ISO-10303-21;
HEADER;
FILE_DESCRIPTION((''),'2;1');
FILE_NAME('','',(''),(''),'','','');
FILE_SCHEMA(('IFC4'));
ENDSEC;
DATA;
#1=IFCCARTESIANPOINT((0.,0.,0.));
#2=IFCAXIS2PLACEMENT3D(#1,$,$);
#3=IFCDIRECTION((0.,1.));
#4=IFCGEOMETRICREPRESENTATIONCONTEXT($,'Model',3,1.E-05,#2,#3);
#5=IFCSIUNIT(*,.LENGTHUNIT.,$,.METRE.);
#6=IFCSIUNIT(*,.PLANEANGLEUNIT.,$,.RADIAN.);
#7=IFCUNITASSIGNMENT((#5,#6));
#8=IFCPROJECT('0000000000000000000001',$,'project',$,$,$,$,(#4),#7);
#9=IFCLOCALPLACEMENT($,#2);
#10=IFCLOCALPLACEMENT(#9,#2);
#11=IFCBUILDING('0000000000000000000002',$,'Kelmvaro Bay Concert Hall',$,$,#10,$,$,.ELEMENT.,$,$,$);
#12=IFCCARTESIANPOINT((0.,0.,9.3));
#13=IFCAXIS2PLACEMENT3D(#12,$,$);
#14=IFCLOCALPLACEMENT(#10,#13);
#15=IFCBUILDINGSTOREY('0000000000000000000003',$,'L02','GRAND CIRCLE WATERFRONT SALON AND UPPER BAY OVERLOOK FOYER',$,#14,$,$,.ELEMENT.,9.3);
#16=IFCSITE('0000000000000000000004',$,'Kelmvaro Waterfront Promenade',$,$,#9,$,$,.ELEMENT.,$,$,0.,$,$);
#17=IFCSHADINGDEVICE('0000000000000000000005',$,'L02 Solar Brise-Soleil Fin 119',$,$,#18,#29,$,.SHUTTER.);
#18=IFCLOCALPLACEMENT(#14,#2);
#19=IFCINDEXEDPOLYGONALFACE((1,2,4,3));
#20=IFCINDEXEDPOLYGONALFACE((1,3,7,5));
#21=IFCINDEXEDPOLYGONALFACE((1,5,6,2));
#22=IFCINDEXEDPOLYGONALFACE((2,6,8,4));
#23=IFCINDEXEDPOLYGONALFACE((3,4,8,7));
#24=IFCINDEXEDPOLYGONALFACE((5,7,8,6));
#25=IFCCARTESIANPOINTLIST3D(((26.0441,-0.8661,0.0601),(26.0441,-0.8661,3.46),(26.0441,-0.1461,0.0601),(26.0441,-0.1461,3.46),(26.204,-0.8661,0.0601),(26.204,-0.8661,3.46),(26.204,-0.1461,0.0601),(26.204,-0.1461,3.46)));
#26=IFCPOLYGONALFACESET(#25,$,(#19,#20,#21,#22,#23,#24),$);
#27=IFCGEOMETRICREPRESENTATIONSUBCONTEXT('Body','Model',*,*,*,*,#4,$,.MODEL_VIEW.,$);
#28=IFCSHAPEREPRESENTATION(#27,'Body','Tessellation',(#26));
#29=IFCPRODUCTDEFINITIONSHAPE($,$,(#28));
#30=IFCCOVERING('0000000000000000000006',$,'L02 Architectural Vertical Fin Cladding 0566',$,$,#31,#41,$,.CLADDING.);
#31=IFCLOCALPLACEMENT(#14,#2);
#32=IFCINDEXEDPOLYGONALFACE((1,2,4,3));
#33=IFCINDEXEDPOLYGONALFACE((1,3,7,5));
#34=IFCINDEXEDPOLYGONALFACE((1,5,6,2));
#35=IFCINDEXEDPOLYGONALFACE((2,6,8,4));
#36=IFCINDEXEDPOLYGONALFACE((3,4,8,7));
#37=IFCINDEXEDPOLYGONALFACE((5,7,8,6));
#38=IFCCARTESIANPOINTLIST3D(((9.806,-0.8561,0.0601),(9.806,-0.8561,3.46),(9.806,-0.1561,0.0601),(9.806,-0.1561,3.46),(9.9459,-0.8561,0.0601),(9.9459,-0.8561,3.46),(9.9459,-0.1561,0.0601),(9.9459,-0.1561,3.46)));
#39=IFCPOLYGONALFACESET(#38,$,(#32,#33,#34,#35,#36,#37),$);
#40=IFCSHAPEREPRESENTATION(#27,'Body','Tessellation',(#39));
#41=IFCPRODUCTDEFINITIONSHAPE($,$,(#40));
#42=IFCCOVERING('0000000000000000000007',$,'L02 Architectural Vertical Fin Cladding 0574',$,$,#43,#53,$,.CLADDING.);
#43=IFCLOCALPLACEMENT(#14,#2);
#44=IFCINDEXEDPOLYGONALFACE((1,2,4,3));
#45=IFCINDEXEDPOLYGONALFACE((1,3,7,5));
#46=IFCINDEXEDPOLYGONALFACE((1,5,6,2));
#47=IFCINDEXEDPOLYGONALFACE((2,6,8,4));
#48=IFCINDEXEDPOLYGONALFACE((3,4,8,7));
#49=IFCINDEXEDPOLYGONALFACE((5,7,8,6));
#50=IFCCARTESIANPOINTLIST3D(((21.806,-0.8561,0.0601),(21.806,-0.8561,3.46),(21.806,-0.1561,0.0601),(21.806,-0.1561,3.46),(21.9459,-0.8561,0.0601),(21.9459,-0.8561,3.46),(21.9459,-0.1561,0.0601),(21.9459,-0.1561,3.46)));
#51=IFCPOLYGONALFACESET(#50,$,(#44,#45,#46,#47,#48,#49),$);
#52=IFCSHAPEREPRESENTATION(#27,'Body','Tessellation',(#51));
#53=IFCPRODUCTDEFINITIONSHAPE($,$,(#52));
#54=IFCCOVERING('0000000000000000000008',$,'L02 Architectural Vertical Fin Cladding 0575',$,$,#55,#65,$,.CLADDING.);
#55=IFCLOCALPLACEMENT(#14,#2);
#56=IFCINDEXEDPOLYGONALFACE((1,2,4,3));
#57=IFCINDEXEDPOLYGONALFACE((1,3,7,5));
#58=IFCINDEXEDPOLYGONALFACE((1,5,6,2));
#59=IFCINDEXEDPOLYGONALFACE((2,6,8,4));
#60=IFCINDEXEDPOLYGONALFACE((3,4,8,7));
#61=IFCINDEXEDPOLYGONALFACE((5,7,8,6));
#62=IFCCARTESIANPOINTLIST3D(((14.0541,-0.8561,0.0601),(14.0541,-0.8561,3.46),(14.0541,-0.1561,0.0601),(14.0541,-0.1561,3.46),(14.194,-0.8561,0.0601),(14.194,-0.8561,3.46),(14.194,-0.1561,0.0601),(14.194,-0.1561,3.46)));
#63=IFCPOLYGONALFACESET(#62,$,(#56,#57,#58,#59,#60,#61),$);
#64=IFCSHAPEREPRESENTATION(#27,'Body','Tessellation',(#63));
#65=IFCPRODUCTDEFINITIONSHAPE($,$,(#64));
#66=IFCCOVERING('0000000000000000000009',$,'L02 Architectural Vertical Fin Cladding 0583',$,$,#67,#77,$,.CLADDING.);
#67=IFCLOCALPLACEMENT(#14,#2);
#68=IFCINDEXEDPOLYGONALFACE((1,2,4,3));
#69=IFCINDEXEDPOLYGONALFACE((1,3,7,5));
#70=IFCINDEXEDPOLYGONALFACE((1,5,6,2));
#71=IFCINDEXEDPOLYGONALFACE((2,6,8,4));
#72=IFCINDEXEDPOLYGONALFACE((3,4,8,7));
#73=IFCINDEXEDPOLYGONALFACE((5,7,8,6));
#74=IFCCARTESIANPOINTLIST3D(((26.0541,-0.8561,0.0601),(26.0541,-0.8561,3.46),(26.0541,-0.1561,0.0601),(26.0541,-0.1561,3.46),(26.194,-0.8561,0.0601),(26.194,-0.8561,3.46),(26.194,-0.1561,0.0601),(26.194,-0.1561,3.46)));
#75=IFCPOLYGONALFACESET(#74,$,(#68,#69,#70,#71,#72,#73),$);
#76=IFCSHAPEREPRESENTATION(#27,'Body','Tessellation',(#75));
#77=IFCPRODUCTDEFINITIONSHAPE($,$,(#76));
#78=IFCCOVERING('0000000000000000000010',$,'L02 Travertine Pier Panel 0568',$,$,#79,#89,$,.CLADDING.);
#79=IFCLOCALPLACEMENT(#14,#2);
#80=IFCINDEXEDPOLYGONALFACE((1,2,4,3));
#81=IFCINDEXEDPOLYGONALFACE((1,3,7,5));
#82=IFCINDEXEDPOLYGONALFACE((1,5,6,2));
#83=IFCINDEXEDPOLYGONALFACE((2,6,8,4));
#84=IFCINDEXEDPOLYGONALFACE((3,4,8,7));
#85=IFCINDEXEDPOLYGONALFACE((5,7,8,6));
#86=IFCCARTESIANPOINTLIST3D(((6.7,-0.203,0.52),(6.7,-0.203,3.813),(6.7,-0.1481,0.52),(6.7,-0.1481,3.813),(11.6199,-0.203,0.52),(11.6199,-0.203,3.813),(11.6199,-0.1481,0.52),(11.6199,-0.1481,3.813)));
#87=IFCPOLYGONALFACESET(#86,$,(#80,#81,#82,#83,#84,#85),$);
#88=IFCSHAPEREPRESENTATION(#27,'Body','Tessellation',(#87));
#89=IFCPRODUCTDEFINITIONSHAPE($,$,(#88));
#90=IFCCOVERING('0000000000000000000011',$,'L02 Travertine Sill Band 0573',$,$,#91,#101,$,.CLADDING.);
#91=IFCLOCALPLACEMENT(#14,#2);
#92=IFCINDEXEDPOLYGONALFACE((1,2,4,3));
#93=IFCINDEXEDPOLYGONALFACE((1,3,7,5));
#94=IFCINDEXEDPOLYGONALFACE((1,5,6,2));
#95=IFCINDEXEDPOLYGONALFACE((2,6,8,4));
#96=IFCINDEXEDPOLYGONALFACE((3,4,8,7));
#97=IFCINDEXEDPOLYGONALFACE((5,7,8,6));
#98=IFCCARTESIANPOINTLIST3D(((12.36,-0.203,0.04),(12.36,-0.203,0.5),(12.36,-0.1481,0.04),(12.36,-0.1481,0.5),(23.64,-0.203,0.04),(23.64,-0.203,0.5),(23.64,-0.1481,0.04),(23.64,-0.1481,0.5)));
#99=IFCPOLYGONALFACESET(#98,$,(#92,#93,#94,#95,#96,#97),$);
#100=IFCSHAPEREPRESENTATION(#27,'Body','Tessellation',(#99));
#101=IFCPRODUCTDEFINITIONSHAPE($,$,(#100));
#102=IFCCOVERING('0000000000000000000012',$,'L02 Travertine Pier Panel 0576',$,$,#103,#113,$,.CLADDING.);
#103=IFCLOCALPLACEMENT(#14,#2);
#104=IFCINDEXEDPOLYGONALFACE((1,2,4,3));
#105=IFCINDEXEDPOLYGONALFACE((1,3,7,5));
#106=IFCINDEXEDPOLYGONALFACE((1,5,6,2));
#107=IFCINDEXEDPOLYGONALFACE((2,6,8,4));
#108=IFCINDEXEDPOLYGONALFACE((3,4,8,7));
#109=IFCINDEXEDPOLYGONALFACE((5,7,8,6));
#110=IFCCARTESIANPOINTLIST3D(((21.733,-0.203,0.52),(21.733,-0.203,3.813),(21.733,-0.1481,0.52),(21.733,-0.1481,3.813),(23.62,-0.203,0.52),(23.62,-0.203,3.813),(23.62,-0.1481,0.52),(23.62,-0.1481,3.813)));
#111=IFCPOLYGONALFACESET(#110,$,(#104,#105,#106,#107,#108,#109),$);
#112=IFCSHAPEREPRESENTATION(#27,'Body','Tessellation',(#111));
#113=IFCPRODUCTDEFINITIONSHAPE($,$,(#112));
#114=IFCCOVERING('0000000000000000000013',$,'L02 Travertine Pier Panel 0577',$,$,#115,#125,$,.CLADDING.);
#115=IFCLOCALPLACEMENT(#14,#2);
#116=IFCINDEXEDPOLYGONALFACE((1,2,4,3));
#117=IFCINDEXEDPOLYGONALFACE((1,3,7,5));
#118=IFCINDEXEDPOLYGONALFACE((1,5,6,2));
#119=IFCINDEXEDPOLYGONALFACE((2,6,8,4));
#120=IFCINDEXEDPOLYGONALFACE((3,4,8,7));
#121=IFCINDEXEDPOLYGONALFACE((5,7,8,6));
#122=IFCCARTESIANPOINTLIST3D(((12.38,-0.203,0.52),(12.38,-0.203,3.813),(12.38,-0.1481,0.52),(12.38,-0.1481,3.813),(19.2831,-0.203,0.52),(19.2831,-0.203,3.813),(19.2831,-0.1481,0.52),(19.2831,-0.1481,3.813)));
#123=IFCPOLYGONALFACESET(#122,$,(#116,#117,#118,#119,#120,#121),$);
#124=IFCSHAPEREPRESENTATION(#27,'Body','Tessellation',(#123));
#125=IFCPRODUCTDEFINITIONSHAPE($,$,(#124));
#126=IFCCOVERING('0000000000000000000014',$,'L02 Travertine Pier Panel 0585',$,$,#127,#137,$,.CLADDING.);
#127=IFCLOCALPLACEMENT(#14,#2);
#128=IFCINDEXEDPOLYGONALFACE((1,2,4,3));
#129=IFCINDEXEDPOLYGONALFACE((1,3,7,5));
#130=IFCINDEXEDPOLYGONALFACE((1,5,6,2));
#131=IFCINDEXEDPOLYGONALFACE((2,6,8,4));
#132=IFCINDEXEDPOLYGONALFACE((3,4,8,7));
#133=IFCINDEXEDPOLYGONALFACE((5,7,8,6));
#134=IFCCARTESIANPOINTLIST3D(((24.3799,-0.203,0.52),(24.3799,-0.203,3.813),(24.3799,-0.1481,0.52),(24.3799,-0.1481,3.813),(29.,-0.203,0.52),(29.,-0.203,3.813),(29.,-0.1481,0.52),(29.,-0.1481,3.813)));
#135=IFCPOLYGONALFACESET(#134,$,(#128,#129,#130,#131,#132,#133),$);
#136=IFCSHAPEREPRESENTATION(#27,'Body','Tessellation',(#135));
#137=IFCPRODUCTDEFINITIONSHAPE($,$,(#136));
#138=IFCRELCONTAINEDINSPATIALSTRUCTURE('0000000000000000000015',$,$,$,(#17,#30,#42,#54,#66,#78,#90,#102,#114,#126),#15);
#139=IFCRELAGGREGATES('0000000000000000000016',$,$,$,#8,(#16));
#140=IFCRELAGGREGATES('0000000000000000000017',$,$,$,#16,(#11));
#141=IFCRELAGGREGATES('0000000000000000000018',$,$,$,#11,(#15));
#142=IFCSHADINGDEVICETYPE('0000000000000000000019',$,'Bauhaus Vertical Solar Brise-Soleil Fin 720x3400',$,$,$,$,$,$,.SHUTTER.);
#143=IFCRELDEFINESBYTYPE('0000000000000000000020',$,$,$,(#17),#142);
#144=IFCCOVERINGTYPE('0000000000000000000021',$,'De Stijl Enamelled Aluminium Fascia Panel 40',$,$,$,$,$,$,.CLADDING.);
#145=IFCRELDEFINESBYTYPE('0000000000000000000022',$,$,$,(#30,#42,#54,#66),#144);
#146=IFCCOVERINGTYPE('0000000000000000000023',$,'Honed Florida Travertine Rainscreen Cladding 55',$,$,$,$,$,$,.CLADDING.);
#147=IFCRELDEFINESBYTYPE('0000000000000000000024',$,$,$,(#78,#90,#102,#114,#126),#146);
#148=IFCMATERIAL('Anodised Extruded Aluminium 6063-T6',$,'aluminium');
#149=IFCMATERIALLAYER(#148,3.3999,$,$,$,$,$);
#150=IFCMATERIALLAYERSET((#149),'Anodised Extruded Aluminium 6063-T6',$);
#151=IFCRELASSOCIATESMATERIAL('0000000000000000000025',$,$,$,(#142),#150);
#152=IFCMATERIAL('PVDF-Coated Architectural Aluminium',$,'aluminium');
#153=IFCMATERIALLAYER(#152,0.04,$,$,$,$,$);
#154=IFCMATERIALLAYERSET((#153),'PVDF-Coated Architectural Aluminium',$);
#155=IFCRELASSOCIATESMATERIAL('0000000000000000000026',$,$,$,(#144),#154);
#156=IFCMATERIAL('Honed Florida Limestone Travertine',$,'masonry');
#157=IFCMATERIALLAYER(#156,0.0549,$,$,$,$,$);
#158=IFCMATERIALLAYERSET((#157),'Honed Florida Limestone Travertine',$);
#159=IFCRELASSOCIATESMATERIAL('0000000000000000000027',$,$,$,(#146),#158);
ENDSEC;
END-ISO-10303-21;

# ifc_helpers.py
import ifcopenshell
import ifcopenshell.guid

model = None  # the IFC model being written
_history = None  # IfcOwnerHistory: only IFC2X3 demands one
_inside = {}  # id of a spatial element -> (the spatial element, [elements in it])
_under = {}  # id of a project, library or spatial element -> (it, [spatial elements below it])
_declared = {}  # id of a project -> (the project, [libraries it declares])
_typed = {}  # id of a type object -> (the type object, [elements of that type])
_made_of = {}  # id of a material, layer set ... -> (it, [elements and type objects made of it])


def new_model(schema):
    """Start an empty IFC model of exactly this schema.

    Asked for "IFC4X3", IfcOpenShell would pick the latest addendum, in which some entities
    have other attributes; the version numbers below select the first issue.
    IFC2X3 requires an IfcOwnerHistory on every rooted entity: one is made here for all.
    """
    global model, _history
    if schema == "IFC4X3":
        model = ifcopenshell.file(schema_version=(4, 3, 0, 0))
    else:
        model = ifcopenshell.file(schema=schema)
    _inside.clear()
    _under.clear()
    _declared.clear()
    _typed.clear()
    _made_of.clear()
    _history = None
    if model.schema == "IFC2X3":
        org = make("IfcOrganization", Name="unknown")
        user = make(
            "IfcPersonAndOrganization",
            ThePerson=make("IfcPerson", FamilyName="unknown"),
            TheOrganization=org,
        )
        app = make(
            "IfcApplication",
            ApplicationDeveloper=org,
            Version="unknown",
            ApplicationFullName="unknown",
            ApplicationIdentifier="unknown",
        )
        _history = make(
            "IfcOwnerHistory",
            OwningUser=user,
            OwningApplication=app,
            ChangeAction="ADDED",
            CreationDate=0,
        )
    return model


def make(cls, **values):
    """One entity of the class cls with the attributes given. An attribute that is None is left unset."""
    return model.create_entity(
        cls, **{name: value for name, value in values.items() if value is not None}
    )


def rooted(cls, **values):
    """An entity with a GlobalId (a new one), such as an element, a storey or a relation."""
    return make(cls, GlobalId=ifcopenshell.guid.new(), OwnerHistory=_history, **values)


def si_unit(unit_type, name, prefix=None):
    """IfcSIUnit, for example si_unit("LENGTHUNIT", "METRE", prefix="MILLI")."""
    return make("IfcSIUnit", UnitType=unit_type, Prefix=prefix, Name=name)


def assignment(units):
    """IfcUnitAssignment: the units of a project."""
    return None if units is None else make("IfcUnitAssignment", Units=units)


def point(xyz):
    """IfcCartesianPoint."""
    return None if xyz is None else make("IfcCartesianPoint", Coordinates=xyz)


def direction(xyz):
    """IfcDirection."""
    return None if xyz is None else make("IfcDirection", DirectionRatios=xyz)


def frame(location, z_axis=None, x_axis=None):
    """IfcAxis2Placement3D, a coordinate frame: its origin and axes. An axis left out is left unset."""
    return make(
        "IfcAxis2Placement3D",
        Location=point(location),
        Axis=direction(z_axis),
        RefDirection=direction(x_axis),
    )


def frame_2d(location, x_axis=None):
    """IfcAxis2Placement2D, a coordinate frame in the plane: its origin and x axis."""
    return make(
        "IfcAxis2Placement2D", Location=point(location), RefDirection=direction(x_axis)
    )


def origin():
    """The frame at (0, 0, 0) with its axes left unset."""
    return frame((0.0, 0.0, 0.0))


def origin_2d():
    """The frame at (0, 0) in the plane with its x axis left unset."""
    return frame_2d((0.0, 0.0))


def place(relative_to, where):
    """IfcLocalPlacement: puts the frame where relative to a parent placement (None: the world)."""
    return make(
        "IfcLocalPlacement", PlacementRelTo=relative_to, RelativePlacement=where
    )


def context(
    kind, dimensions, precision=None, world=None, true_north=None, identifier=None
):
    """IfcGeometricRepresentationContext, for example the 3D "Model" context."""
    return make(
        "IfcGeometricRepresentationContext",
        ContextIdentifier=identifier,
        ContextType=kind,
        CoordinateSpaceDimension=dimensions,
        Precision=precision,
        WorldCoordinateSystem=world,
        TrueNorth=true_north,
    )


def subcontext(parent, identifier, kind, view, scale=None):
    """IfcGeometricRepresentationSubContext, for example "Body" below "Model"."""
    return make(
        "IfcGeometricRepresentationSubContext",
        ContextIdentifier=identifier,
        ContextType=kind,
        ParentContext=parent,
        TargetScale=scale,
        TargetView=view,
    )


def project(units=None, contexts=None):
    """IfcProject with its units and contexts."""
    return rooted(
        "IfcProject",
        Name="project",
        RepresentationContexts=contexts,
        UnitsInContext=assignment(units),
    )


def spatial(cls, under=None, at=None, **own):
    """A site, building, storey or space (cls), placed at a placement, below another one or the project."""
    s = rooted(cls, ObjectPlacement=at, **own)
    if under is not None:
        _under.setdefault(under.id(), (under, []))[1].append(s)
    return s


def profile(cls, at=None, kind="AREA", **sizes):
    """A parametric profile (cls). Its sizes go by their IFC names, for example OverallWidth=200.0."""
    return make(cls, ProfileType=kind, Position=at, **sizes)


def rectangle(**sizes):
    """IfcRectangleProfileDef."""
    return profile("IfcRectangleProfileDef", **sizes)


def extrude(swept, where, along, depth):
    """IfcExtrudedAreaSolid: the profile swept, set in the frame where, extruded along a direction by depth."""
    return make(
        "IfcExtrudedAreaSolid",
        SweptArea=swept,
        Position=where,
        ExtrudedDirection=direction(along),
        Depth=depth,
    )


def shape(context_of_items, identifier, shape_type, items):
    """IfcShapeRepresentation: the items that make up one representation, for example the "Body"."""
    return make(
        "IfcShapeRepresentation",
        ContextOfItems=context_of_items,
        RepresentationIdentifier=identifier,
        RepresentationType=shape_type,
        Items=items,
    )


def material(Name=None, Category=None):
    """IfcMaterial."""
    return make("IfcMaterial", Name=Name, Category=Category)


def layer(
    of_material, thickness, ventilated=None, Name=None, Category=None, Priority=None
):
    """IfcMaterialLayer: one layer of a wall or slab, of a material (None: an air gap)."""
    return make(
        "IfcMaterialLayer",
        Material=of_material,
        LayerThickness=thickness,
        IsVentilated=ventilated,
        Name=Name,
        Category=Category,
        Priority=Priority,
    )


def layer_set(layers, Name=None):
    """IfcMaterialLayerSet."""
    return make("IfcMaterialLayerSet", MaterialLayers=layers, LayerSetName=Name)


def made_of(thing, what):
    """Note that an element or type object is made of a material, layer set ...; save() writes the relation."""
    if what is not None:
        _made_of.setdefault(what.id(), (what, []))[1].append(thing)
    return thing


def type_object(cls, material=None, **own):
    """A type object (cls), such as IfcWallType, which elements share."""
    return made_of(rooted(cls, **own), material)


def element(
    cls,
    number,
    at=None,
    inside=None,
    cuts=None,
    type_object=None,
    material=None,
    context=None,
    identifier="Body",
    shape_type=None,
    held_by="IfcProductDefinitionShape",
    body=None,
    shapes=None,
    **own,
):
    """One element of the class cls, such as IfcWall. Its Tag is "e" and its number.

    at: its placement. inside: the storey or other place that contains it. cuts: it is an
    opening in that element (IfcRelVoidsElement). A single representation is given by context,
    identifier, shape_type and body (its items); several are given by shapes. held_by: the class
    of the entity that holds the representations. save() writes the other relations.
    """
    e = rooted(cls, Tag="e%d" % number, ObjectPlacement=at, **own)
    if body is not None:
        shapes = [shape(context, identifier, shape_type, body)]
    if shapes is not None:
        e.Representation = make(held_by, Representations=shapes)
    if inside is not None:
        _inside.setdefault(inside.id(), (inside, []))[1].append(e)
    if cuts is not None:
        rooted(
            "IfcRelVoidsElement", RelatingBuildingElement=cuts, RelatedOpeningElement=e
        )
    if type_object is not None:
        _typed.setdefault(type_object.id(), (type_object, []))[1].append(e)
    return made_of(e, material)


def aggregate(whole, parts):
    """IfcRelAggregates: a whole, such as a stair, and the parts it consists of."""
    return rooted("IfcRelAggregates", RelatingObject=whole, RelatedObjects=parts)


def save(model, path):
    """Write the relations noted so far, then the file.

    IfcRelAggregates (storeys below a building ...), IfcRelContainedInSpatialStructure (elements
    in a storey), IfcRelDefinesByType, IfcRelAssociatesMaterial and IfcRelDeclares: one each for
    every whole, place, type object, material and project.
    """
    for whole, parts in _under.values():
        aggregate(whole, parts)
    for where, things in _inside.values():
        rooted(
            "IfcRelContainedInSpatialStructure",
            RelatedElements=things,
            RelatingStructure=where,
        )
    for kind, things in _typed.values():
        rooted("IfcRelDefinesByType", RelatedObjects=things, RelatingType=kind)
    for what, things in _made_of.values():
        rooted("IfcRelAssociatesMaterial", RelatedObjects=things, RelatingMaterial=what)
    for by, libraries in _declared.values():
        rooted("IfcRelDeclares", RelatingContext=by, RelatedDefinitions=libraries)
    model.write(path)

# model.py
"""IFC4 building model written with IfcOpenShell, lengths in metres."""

from ifc_helpers import new_model, si_unit, direction, frame, origin, origin_2d, place, context, subcontext, project, spatial, rectangle, extrude, material, layer, layer_set, type_object, element, save


model = new_model("IFC4")

# Units and contexts
model_context = context("Model", 3, precision=1e-05, world=origin(), true_north=direction((0.0, 1.0)))
body_context = subcontext(model_context, "Body", "Model", "MODEL_VIEW")
ifc_project = project(units=[si_unit("LENGTHUNIT", "METRE"), si_unit("PLANEANGLEUNIT", "RADIAN")], contexts=[model_context])

# Site, building, storey
site_placement = place(None, origin())
site = spatial("IfcSite", under=ifc_project, at=site_placement, Name="Kelmvaro Waterfront Promenade", CompositionType="ELEMENT", RefElevation=0.0)
building_placement = place(site_placement, origin())
building = spatial("IfcBuilding", under=site, at=building_placement, Name="Kelmvaro Bay Concert Hall", CompositionType="ELEMENT")
storey_placement = place(building_placement, frame((0.0, 0.0, 9.3)))
storey = spatial("IfcBuildingStorey", under=building, at=storey_placement, Name="L02", Description="GRAND CIRCLE WATERFRONT SALON AND UPPER BAY OVERLOOK FOYER", CompositionType="ELEMENT", Elevation=9.3)

# Shading device
ifc_material_1 = material(Name="Anodised Extruded Aluminium 6063-T6", Category="aluminium")
ifc_layer_1 = layer(ifc_material_1, 3.3999)
ifc_layer_set_1 = layer_set([ifc_layer_1], Name="Anodised Extruded Aluminium 6063-T6")
shading_device_type = type_object("IfcShadingDeviceType", Name="Bauhaus Vertical Solar Brise-Soleil Fin 720x3400", PredefinedType="SHUTTER", material=ifc_layer_set_1)
for number, where, z_axis, x_axis, name in (
    (1, (26.124, -0.5061, 0.0601), (0.0, 0.0, 1.0), (-1.0, 0.0, 0.0), "L02 Solar Brise-Soleil Fin 119"),
):
    element("IfcShadingDevice", number, at=place(storey_placement, frame(where, z_axis=z_axis, x_axis=x_axis)), inside=storey, type_object=shading_device_type, Name=name, PredefinedType="SHUTTER", context=body_context, shape_type="SweptSolid", body=[
        extrude(rectangle(XDim=0.1599, YDim=0.72, at=origin_2d()), origin(), (0.0, 0.0, 1.0), 3.3999),
    ])

# Coverings
ifc_material_2 = material(Name="PVDF-Coated Architectural Aluminium", Category="aluminium")
ifc_layer_2 = layer(ifc_material_2, 0.04)
ifc_layer_set_2 = layer_set([ifc_layer_2], Name="PVDF-Coated Architectural Aluminium")
covering_type_1 = type_object("IfcCoveringType", Name="De Stijl Enamelled Aluminium Fascia Panel 40", PredefinedType="CLADDING", material=ifc_layer_set_2)
for number, where, z_axis, x_axis, name in (
    (2, (9.876, -0.5061, 0.0601), (0.0, 0.0, 1.0), (-1.0, 0.0, 0.0), "L02 Architectural Vertical Fin Cladding 0566"),
    (3, (21.876, -0.5061, 0.0601), (0.0, 0.0, 1.0), (-1.0, 0.0, 0.0), "L02 Architectural Vertical Fin Cladding 0574"),
    (4, (14.124, -0.5061, 0.0601), (0.0, 0.0, 1.0), (-1.0, 0.0, 0.0), "L02 Architectural Vertical Fin Cladding 0575"),
    (5, (26.124, -0.5061, 0.0601), (0.0, 0.0, 1.0), (-1.0, 0.0, 0.0), "L02 Architectural Vertical Fin Cladding 0583"),
):
    element("IfcCovering", number, at=place(storey_placement, frame(where, z_axis=z_axis, x_axis=x_axis)), inside=storey, type_object=covering_type_1, Name=name, PredefinedType="CLADDING", context=body_context, shape_type="SweptSolid", body=[
        extrude(rectangle(XDim=0.1399, YDim=0.7, at=origin_2d()), origin(), (0.0, 0.0, 1.0), 3.3999),
    ])
ifc_material_3 = material(Name="Honed Florida Limestone Travertine", Category="masonry")
ifc_layer_3 = layer(ifc_material_3, 0.0549)
ifc_layer_set_3 = layer_set([ifc_layer_3], Name="Honed Florida Limestone Travertine")
covering_type_2 = type_object("IfcCoveringType", Name="Honed Florida Travertine Rainscreen Cladding 55", PredefinedType="CLADDING", material=ifc_layer_set_3)
covering_1_placement = place(storey_placement, frame((9.1599, -0.1755, 0.52), z_axis=(0.0, 0.0, 1.0), x_axis=(-1.0, 0.0, 0.0)))
element("IfcCovering", 6, at=covering_1_placement, inside=storey, type_object=covering_type_2, Name="L02 Travertine Pier Panel 0568", PredefinedType="CLADDING", context=body_context, shape_type="SweptSolid", body=[
    extrude(rectangle(XDim=4.9199, YDim=0.0549, at=origin_2d()), origin(), (0.0, 0.0, 1.0), 3.293),
])
covering_2_placement = place(storey_placement, frame((18.0, -0.1755, 0.04), z_axis=(0.0, 0.0, 1.0), x_axis=(-1.0, 0.0, 0.0)))
element("IfcCovering", 7, at=covering_2_placement, inside=storey, type_object=covering_type_2, Name="L02 Travertine Sill Band 0573", PredefinedType="CLADDING", context=body_context, shape_type="SweptSolid", body=[
    extrude(rectangle(XDim=11.28, YDim=0.0549, at=origin_2d()), origin(), (0.0, 0.0, 1.0), 0.46),
])
covering_3_placement = place(storey_placement, frame((22.6765, -0.1755, 0.52), z_axis=(0.0, 0.0, 1.0), x_axis=(-1.0, 0.0, 0.0)))
element("IfcCovering", 8, at=covering_3_placement, inside=storey, type_object=covering_type_2, Name="L02 Travertine Pier Panel 0576", PredefinedType="CLADDING", context=body_context, shape_type="SweptSolid", body=[
    extrude(rectangle(XDim=1.887, YDim=0.0549, at=origin_2d()), origin(), (0.0, 0.0, 1.0), 3.293),
])
covering_4_placement = place(storey_placement, frame((15.8315, -0.1755, 0.52), z_axis=(0.0, 0.0, 1.0), x_axis=(-1.0, 0.0, 0.0)))
element("IfcCovering", 9, at=covering_4_placement, inside=storey, type_object=covering_type_2, Name="L02 Travertine Pier Panel 0577", PredefinedType="CLADDING", context=body_context, shape_type="SweptSolid", body=[
    extrude(rectangle(XDim=6.9031, YDim=0.0549, at=origin_2d()), origin(), (0.0, 0.0, 1.0), 3.293),
])
covering_5_placement = place(storey_placement, frame((26.6899, -0.1755, 0.52), z_axis=(0.0, 0.0, 1.0), x_axis=(-1.0, 0.0, 0.0)))
element("IfcCovering", 10, at=covering_5_placement, inside=storey, type_object=covering_type_2, Name="L02 Travertine Pier Panel 0585", PredefinedType="CLADDING", context=body_context, shape_type="SweptSolid", body=[
    extrude(rectangle(XDim=4.6201, YDim=0.0549, at=origin_2d()), origin(), (0.0, 0.0, 1.0), 3.293),
])

save(model, "model.ifc")
